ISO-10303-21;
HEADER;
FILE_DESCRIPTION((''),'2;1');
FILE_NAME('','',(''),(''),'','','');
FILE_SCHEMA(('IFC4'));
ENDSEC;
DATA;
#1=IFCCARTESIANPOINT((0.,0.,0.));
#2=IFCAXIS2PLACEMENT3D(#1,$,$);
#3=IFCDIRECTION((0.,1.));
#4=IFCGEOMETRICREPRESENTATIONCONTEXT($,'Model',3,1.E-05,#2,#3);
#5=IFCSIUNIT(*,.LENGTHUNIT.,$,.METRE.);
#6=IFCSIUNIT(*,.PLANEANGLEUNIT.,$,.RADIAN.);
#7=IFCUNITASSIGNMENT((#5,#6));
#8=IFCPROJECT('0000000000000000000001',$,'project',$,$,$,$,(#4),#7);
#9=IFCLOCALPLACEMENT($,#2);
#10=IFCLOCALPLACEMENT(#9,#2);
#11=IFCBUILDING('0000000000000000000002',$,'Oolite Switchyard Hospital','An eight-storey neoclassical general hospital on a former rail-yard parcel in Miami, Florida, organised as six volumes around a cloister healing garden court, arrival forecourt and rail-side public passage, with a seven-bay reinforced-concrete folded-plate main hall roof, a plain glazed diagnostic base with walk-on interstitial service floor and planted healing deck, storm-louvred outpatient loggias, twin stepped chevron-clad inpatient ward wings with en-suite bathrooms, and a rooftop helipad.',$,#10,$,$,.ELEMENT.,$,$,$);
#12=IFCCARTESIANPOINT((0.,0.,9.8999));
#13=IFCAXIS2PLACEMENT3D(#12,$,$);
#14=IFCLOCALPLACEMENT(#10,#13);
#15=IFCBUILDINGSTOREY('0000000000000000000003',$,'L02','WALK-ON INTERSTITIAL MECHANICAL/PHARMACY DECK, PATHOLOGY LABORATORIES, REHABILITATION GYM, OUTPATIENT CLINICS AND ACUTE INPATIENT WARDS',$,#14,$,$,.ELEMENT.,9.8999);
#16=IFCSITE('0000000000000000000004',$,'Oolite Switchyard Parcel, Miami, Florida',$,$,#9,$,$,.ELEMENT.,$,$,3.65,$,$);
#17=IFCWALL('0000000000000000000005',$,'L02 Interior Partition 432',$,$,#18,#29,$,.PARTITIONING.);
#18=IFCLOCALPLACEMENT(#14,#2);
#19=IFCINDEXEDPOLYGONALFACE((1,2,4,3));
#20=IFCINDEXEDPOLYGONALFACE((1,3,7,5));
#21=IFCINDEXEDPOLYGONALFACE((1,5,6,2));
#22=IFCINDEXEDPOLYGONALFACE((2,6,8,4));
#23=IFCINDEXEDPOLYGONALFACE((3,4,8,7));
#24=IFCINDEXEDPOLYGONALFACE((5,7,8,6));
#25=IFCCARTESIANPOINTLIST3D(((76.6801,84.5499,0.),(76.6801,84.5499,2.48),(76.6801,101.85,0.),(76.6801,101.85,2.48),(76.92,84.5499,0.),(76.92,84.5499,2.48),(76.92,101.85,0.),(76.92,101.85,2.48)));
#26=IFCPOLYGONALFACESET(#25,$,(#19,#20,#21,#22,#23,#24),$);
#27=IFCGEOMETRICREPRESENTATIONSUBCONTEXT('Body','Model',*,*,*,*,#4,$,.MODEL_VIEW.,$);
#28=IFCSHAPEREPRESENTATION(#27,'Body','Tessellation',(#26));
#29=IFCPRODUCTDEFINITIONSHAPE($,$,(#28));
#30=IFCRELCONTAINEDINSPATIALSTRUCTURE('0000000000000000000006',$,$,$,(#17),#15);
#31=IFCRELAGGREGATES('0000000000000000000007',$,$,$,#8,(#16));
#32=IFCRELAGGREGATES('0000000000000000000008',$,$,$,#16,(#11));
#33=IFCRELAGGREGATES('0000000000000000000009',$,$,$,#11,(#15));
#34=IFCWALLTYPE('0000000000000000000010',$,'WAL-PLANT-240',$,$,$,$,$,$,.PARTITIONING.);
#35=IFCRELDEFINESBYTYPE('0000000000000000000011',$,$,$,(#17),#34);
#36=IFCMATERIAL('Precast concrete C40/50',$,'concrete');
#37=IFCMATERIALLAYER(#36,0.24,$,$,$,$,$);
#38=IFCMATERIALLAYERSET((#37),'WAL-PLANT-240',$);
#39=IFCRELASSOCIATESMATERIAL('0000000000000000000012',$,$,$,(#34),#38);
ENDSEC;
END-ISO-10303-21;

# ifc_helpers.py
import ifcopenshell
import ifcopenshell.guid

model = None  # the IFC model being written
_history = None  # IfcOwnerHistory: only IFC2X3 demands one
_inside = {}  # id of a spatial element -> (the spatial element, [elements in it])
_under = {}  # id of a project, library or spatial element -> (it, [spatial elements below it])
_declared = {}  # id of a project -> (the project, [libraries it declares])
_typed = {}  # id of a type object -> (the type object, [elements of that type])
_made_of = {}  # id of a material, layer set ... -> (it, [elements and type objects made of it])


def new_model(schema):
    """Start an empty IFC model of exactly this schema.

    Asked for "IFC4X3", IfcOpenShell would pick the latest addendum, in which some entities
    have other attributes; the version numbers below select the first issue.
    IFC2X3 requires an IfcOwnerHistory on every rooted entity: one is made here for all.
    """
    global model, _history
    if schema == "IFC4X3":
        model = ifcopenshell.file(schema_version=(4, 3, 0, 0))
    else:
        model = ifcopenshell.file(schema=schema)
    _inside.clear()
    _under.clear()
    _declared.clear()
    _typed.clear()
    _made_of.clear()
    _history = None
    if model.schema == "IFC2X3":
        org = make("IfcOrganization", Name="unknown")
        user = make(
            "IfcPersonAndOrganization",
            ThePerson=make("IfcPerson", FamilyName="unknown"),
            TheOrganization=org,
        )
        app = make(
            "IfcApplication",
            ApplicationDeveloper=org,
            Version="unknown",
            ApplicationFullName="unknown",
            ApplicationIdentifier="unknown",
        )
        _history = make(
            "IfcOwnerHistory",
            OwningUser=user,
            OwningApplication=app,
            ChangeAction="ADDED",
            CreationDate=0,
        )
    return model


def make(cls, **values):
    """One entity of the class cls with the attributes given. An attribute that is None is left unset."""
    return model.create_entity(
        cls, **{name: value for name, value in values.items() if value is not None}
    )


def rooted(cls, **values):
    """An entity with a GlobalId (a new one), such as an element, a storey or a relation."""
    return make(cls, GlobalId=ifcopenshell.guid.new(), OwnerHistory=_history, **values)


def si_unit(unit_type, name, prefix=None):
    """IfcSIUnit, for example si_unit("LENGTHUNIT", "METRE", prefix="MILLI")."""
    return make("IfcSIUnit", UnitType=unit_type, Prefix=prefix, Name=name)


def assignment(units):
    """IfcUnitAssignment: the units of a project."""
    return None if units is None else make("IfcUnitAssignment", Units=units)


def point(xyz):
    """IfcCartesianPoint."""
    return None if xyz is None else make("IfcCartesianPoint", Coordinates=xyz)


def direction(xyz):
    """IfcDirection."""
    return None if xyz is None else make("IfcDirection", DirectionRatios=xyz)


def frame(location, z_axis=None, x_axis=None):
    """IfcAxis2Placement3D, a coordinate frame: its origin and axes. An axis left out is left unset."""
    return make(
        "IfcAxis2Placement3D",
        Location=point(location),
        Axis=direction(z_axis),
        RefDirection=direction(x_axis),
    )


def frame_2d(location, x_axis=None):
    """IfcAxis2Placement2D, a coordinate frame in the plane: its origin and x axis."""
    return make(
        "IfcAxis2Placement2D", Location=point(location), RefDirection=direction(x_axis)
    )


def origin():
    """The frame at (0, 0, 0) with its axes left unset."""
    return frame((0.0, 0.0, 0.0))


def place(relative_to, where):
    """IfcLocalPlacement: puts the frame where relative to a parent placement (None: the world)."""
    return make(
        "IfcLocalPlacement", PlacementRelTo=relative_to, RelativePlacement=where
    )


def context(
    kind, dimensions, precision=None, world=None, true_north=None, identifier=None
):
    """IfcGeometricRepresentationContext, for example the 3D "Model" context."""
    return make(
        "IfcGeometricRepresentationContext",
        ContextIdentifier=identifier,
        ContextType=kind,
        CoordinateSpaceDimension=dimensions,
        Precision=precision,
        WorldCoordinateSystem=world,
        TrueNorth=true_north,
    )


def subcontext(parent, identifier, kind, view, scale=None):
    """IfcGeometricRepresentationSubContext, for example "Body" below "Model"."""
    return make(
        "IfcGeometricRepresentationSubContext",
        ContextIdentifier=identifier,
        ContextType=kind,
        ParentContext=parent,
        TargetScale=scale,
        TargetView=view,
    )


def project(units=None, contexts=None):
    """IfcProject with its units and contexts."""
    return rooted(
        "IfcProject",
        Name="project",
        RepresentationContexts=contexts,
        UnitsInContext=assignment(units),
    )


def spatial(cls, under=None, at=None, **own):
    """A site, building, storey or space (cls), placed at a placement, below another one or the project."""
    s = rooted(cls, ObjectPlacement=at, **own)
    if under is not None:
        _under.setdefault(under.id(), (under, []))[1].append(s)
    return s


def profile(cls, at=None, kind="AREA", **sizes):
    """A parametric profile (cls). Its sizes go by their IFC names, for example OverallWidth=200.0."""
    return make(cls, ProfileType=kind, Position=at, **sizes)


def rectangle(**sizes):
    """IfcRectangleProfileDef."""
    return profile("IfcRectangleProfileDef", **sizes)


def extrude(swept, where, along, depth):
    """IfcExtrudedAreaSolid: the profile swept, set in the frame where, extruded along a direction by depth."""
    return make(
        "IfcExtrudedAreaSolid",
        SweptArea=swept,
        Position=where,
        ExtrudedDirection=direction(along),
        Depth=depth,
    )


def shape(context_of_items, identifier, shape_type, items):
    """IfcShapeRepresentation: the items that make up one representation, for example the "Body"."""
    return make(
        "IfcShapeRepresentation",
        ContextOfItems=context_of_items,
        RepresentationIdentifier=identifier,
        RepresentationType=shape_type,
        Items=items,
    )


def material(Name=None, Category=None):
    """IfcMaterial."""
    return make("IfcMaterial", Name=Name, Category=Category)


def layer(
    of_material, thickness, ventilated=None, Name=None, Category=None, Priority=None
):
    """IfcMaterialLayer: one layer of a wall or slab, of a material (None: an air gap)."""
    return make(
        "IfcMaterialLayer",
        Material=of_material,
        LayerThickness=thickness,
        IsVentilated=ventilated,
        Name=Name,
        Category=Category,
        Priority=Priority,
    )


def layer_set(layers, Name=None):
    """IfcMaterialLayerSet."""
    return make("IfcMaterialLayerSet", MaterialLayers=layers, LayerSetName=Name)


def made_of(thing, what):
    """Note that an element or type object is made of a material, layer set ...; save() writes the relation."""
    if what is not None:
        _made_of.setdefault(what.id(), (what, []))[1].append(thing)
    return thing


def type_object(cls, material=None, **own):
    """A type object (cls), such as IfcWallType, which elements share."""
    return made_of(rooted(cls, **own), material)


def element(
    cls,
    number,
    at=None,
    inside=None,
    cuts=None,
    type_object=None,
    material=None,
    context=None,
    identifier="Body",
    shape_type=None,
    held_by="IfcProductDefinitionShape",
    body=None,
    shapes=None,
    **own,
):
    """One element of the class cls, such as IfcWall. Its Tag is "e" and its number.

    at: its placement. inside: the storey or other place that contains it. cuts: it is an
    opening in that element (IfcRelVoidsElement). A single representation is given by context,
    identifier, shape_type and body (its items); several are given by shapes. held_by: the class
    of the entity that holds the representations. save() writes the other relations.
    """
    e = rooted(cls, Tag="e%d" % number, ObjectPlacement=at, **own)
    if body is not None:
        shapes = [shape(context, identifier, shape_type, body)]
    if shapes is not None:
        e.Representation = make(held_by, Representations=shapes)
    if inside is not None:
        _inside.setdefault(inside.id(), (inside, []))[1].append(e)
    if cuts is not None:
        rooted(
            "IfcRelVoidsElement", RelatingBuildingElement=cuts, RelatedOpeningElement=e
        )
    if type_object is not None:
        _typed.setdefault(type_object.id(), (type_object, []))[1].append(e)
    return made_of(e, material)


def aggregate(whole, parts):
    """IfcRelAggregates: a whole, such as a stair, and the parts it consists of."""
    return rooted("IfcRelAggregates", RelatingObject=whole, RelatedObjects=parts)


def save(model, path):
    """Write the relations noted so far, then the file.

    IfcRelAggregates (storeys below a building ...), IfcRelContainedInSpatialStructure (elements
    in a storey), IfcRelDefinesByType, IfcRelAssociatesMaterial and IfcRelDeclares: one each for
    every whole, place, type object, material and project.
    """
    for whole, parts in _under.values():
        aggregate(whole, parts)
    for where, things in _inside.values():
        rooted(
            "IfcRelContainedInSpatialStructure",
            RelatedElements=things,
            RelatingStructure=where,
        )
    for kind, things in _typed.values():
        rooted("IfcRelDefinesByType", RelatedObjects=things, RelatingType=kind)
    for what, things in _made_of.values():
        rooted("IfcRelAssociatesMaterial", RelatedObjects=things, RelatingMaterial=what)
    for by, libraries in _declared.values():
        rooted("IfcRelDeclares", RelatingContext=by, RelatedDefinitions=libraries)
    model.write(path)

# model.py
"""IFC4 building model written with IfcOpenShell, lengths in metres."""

from ifc_helpers import new_model, si_unit, direction, frame, frame_2d, origin, place, context, subcontext, project, spatial, rectangle, extrude, material, layer, layer_set, type_object, element, save


model = new_model("IFC4")

# Units and contexts
model_context = context("Model", 3, precision=1e-05, world=origin(), true_north=direction((0.0, 1.0)))
body_context = subcontext(model_context, "Body", "Model", "MODEL_VIEW")
ifc_project = project(units=[si_unit("LENGTHUNIT", "METRE"), si_unit("PLANEANGLEUNIT", "RADIAN")], contexts=[model_context])

# Site, building, storey
site_placement = place(None, origin())
site = spatial("IfcSite", under=ifc_project, at=site_placement, Name="Oolite Switchyard Parcel, Miami, Florida", CompositionType="ELEMENT", RefElevation=3.65)
building_placement = place(site_placement, origin())
building = spatial("IfcBuilding", under=site, at=building_placement, Name="Oolite Switchyard Hospital", Description="An eight-storey neoclassical general hospital on a former rail-yard parcel in Miami, Florida, organised as six volumes around a cloister healing garden court, arrival forecourt and rail-side public passage, with a seven-bay reinforced-concrete folded-plate main hall roof, a plain glazed diagnostic base with walk-on interstitial service floor and planted healing deck, storm-louvred outpatient loggias, twin stepped chevron-clad inpatient ward wings with en-suite bathrooms, and a rooftop helipad.", CompositionType="ELEMENT")
storey_placement = place(building_placement, frame((0.0, 0.0, 9.8999)))
storey = spatial("IfcBuildingStorey", under=building, at=storey_placement, Name="L02", Description="WALK-ON INTERSTITIAL MECHANICAL/PHARMACY DECK, PATHOLOGY LABORATORIES, REHABILITATION GYM, OUTPATIENT CLINICS AND ACUTE INPATIENT WARDS", CompositionType="ELEMENT", Elevation=9.8999)

# Wall
ifc_material_1 = material(Name="Precast concrete C40/50", Category="concrete")
ifc_layer = layer(ifc_material_1, 0.24)
ifc_layer_set = layer_set([ifc_layer], Name="WAL-PLANT-240")
wall_type = type_object("IfcWallType", Name="WAL-PLANT-240", PredefinedType="PARTITIONING", material=ifc_layer_set)
wall_placement = place(storey_placement, frame((76.8, 84.55, 0.0), z_axis=(0.0, 0.0, 1.0), x_axis=(0.0, 1.0, 0.0)))
element("IfcWall", 1, at=wall_placement, inside=storey, type_object=wall_type, Name="L02 Interior Partition 432", PredefinedType="PARTITIONING", context=body_context, shape_type="SweptSolid", body=[
    extrude(rectangle(XDim=17.3, YDim=0.24, at=frame_2d((8.6499, 0.0))), origin(), (0.0, 0.0, 1.0), 2.48),
])

save(model, "model.ifc")
